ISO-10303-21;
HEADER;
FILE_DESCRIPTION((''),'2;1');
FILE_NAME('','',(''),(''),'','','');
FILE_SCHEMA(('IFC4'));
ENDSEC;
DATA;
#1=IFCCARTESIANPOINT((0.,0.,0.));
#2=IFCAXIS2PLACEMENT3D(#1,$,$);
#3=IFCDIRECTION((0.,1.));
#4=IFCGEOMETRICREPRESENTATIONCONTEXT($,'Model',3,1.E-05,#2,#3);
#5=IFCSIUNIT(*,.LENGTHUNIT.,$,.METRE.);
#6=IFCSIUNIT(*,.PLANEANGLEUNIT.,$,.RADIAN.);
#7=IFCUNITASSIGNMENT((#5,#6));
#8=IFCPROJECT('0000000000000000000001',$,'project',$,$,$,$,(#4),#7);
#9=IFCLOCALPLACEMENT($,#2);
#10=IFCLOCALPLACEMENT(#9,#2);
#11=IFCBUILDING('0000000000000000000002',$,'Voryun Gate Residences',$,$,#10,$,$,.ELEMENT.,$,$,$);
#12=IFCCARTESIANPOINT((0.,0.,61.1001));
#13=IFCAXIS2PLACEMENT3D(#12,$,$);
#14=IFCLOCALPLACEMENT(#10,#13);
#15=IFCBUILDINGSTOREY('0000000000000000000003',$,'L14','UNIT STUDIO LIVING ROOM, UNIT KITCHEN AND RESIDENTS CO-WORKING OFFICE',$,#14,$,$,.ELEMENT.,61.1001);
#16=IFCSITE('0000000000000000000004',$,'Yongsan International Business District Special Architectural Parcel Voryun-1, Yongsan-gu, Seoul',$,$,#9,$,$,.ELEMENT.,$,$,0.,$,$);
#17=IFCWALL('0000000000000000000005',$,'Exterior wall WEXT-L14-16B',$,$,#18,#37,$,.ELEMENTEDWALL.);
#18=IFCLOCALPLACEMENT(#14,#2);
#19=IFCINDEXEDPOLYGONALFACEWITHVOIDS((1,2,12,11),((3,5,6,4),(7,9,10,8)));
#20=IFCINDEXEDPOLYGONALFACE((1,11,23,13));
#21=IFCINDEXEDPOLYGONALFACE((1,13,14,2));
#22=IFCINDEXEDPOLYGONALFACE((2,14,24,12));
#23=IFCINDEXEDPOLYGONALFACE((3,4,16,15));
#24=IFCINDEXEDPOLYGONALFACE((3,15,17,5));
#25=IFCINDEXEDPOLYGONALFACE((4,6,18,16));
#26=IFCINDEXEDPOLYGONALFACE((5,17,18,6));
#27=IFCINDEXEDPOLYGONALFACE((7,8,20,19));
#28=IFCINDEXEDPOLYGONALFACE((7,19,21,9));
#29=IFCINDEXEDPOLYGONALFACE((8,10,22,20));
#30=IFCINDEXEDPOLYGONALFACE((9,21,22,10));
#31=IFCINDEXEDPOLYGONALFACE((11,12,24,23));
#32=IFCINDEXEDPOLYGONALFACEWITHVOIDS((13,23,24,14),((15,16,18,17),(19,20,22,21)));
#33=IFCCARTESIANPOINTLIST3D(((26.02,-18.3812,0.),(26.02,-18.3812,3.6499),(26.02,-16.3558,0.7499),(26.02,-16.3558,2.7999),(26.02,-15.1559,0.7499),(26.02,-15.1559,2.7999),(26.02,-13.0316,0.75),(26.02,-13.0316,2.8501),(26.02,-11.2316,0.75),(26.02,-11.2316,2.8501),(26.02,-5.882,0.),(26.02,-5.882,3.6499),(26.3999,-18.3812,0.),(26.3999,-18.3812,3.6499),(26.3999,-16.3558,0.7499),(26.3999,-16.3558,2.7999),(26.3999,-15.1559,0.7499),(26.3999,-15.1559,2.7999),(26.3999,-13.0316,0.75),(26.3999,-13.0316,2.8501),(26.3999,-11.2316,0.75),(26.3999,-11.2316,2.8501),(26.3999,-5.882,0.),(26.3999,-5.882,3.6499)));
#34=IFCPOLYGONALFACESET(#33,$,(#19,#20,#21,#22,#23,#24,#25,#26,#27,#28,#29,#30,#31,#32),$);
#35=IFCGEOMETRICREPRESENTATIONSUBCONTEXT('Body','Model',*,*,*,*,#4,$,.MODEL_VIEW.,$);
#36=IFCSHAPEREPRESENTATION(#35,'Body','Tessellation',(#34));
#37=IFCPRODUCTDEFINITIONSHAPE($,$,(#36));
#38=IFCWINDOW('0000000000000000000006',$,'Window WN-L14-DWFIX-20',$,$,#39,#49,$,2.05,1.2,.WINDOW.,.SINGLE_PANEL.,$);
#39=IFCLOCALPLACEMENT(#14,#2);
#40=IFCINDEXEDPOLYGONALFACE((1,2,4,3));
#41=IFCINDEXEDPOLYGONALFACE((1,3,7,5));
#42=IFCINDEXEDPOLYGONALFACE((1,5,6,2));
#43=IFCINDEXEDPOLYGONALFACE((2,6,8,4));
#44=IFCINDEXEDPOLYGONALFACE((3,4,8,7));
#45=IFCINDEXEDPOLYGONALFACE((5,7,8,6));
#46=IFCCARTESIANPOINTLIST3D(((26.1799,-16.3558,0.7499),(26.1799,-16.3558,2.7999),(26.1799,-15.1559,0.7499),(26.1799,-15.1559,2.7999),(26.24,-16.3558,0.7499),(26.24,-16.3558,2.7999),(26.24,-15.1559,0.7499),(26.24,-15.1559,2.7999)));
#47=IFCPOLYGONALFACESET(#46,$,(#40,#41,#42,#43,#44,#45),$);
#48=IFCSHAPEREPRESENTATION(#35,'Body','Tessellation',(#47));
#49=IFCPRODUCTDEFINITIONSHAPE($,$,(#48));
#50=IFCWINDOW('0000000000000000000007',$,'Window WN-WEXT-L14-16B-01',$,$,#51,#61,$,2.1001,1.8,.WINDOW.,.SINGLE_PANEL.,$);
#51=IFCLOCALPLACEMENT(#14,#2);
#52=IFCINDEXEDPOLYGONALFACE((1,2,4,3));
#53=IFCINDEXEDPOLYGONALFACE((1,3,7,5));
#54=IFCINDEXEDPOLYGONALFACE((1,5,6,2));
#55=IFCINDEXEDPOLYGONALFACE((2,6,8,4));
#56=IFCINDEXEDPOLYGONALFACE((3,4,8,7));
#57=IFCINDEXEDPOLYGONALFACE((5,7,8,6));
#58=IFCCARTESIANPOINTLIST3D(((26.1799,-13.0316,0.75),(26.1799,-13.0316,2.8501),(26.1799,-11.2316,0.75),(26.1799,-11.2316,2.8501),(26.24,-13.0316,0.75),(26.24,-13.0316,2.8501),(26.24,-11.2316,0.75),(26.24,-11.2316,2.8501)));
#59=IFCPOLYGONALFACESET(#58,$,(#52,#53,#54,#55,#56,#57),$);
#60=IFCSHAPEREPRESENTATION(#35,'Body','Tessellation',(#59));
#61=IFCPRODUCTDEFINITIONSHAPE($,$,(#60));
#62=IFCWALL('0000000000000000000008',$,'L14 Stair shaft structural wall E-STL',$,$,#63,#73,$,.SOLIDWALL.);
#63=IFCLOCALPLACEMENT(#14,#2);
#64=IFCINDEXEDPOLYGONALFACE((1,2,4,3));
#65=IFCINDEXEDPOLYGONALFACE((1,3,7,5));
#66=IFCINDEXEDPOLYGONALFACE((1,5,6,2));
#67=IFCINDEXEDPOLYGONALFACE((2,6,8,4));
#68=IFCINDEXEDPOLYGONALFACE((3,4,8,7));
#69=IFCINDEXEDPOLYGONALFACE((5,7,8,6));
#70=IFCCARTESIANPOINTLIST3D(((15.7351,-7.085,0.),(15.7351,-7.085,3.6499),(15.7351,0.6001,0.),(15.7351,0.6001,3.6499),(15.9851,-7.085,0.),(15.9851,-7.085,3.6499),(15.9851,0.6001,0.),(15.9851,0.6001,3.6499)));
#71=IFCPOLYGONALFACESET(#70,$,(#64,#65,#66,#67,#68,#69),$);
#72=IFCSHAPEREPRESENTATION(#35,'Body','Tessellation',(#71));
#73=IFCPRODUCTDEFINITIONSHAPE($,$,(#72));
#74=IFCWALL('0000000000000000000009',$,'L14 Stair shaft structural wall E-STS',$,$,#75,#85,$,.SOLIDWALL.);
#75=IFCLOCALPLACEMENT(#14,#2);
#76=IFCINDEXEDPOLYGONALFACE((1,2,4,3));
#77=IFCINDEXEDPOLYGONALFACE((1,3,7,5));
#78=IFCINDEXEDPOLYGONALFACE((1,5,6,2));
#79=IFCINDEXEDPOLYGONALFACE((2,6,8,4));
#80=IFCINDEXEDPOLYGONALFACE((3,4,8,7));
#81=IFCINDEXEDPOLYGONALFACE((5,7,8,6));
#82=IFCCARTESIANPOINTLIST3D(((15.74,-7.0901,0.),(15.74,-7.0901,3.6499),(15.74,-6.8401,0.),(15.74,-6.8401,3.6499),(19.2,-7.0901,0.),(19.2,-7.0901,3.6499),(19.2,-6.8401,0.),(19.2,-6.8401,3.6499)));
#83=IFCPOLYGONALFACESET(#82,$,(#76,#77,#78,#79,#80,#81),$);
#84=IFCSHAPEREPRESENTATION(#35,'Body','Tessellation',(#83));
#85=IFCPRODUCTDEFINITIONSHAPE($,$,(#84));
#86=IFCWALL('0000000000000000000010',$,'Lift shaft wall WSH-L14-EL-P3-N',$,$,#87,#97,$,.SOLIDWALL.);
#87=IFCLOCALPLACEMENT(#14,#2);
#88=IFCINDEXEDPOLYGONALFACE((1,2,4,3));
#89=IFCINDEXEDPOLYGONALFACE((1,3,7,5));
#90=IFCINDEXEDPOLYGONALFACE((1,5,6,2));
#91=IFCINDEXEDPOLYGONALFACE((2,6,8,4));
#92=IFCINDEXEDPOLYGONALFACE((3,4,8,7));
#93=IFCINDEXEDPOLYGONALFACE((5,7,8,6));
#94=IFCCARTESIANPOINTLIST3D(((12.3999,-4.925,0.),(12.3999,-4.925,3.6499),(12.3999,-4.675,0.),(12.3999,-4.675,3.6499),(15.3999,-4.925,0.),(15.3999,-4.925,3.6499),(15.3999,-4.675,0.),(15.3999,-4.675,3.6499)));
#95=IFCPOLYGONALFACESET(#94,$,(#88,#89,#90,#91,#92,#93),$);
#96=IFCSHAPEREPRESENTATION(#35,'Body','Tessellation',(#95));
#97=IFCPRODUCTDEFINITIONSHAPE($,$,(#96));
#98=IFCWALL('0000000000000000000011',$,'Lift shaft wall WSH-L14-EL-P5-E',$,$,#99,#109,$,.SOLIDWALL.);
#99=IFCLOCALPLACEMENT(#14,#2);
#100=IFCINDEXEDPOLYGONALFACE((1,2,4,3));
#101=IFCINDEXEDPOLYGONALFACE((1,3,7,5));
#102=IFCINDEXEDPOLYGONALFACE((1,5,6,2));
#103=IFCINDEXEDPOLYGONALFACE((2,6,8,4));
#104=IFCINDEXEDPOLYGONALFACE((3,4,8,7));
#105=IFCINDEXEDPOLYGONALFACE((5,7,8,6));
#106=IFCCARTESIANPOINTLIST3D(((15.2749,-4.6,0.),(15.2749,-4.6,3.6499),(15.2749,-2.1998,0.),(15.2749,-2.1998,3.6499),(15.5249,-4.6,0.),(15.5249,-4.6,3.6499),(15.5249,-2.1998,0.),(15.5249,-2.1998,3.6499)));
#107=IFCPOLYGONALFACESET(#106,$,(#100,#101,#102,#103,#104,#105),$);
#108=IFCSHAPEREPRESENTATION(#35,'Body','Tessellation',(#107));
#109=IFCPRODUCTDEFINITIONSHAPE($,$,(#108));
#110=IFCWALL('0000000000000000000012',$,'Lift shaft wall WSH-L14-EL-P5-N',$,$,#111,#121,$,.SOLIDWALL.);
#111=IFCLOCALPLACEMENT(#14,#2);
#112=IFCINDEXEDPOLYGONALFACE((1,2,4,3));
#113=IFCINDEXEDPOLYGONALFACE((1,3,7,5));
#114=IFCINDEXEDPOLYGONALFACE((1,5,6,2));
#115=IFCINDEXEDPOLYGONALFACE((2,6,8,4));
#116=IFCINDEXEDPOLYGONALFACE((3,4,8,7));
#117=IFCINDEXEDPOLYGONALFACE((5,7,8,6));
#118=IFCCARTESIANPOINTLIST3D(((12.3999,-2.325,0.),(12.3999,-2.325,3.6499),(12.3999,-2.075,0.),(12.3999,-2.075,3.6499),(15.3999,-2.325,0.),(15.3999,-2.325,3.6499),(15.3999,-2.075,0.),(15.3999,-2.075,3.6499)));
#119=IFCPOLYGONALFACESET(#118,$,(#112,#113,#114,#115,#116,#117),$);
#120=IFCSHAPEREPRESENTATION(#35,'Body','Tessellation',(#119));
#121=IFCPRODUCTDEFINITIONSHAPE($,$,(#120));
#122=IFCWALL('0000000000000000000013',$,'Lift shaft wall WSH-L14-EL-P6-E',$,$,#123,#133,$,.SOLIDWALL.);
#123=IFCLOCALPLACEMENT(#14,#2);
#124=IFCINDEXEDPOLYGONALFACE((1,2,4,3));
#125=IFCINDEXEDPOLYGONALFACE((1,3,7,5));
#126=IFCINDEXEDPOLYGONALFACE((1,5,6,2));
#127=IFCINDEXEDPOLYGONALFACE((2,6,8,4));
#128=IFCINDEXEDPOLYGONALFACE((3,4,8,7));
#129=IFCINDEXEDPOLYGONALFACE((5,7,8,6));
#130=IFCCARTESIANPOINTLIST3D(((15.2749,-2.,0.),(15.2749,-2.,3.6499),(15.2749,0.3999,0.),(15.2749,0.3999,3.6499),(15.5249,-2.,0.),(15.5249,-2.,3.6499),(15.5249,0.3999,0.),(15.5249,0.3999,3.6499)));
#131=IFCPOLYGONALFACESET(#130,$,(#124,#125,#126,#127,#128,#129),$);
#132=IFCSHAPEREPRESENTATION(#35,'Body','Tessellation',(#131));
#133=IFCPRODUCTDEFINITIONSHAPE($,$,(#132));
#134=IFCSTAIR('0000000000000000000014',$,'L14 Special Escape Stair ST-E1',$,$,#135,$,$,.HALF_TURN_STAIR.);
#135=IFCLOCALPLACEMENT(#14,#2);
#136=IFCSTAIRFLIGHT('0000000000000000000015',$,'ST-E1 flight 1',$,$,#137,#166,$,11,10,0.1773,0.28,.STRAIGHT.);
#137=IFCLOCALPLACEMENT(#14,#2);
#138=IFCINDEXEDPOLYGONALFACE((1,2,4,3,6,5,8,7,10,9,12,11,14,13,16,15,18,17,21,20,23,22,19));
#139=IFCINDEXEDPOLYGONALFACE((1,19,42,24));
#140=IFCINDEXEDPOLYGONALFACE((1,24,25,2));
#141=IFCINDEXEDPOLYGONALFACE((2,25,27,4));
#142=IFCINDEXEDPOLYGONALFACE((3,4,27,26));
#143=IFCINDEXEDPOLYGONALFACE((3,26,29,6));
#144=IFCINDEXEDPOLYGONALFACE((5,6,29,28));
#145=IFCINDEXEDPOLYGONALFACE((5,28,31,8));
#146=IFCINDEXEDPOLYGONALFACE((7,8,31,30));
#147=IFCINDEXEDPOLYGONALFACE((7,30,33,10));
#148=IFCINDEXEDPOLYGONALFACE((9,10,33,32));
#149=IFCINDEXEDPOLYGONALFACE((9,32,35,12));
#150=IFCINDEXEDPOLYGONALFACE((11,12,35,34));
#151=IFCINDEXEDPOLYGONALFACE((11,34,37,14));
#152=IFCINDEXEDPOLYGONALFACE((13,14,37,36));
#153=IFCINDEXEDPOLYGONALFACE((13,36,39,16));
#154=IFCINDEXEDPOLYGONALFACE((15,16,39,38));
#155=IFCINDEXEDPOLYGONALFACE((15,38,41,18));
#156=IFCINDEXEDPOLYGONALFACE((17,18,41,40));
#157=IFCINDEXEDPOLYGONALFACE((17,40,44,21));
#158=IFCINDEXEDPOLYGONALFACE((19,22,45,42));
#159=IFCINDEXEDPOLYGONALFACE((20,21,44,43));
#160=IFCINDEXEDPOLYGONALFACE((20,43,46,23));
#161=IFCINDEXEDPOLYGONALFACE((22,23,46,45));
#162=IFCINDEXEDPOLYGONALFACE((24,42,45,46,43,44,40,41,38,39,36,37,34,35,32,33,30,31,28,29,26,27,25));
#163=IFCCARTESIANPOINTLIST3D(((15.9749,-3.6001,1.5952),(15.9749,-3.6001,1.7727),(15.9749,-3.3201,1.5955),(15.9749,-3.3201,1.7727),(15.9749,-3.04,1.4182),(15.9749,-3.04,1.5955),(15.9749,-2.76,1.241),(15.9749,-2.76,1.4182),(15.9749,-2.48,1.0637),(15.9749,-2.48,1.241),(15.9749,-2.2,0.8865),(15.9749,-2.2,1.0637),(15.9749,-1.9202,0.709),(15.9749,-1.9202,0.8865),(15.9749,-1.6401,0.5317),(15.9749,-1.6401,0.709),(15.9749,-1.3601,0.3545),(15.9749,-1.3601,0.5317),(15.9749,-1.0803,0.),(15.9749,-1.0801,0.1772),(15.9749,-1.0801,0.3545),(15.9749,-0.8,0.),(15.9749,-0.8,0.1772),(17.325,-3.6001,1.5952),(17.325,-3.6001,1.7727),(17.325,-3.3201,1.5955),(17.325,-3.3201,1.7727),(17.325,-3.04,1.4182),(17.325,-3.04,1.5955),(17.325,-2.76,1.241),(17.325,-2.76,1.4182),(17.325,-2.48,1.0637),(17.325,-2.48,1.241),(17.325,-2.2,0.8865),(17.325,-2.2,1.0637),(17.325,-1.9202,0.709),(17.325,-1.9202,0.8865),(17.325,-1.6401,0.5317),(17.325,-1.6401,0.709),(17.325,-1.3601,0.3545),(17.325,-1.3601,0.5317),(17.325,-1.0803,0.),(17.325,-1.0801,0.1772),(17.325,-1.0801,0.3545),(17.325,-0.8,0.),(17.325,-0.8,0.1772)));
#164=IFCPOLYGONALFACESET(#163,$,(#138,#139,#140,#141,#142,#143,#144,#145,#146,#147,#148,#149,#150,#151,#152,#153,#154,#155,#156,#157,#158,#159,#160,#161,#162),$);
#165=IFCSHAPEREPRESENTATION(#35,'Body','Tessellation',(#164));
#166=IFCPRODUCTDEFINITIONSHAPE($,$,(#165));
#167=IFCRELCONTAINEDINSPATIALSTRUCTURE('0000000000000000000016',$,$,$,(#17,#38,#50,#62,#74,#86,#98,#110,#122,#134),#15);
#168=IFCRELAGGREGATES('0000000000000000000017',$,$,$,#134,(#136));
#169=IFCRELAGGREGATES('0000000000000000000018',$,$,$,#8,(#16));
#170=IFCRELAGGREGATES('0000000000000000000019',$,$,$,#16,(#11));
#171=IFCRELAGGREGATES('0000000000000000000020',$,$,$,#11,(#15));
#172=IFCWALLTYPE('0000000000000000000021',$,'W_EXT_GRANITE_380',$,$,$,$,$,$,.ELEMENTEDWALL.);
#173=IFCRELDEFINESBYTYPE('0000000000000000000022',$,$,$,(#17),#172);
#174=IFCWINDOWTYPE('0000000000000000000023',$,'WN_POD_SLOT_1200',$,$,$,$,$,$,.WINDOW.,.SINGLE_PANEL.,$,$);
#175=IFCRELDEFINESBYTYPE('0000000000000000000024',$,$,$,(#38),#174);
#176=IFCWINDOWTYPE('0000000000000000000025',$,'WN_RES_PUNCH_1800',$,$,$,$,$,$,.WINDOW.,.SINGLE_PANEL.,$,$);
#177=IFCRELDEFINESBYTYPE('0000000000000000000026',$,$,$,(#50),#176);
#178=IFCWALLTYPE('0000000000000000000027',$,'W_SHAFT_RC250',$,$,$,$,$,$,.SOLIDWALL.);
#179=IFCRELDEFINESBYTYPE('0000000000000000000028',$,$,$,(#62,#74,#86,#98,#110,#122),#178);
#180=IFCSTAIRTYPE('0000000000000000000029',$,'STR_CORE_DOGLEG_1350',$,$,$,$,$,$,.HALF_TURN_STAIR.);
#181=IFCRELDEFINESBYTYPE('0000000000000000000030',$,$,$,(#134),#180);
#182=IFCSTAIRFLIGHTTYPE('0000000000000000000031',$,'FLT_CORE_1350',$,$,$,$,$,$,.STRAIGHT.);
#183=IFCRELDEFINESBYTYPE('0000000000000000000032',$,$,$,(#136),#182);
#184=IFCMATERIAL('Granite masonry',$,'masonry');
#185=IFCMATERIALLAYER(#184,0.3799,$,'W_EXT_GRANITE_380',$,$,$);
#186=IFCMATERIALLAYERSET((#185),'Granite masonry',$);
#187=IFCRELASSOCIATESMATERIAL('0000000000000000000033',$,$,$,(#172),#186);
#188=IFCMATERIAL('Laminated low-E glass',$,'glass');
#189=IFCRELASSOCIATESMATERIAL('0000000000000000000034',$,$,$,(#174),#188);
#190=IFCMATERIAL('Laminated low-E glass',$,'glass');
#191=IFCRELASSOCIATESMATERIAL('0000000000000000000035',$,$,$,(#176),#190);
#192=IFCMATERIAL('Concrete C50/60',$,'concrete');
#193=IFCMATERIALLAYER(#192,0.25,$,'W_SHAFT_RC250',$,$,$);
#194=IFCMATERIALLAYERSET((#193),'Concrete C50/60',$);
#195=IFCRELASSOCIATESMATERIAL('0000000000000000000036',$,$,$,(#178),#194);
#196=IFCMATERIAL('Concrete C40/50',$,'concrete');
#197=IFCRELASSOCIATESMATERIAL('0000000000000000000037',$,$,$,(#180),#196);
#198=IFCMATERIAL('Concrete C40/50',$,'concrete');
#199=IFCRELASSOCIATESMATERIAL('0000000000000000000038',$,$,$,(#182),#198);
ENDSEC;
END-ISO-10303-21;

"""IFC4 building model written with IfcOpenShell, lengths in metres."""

from ifc_helpers import new_model, si_unit, direction, frame, frame_2d, origin, place, context, subcontext, project, spatial, polyline, rectangle, outline, extrude, material, layer, layer_set, type_object, element, fill, aggregate, save


model = new_model("IFC4")

# Units and contexts
model_context = context("Model", 3, precision=1e-05, world=origin(), true_north=direction((0.0, 1.0)))
body_context = subcontext(model_context, "Body", "Model", "MODEL_VIEW")
ifc_project = project(units=[si_unit("LENGTHUNIT", "METRE"), si_unit("PLANEANGLEUNIT", "RADIAN")], contexts=[model_context])

# Site, building, storey
site_placement = place(None, origin())
site = spatial("IfcSite", under=ifc_project, at=site_placement, Name="Yongsan International Business District Special Architectural Parcel Voryun-1, Yongsan-gu, Seoul", CompositionType="ELEMENT", RefElevation=0.0)
building_placement = place(site_placement, origin())
building = spatial("IfcBuilding", under=site, at=building_placement, Name="Voryun Gate Residences", CompositionType="ELEMENT")
storey_placement = place(building_placement, frame((0.0, 0.0, 61.1001)))
storey = spatial("IfcBuildingStorey", under=building, at=storey_placement, Name="L14", Description="UNIT STUDIO LIVING ROOM, UNIT KITCHEN AND RESIDENTS CO-WORKING OFFICE", CompositionType="ELEMENT", Elevation=61.1001)

# Wall, openings, windows
ifc_material_1 = material(Name="Granite masonry", Category="masonry")
ifc_layer_1 = layer(ifc_material_1, 0.3799, Name="W_EXT_GRANITE_380")
ifc_layer_set_1 = layer_set([ifc_layer_1], Name="Granite masonry")
wall_type_1 = type_object("IfcWallType", Name="W_EXT_GRANITE_380", PredefinedType="ELEMENTEDWALL", material=ifc_layer_set_1)
wall_1_placement = place(storey_placement, frame((26.21, -5.8821, 0.0), z_axis=(0.0, 0.0, 1.0), x_axis=(0.0, -1.0, 0.0)))
wall_1 = element("IfcWall", 1, at=wall_1_placement, inside=storey, type_object=wall_type_1, Name="Exterior wall WEXT-L14-16B", PredefinedType="ELEMENTEDWALL", context=body_context, shape_type="SweptSolid", body=[
    extrude(rectangle(XDim=12.4993, YDim=0.3799, at=frame_2d((6.2495, 0.0))), origin(), (0.0, 0.0, 1.0), 3.6499),
])
opening_1_placement = place(wall_1_placement, frame((5.3496, 0.0, 0.75)))
opening_1 = element("IfcOpeningElement", 2, at=opening_1_placement, cuts=wall_1, PredefinedType="OPENING", context=body_context, shape_type="SweptSolid", body=[
    extrude(rectangle(XDim=1.8, YDim=2.1001, at=frame_2d((0.8999, 1.05))), frame((0.0, 0.2, 0.0), z_axis=(0.0, -1.0, 0.0), x_axis=(1.0, 0.0, 0.0)), (0.0, 0.0, 1.0), 0.3999),
])
opening_2_placement = place(wall_1_placement, frame((9.2737, 0.0, 0.75)))
opening_2 = element("IfcOpeningElement", 3, at=opening_2_placement, cuts=wall_1, PredefinedType="OPENING", context=body_context, shape_type="SweptSolid", body=[
    extrude(rectangle(XDim=1.2, YDim=2.05, at=frame_2d((0.6001, 1.0249))), frame((0.0, 0.2, 0.0), z_axis=(0.0, -1.0, 0.0), x_axis=(1.0, 0.0, 0.0)), (0.0, 0.0, 1.0), 0.3999),
])
ifc_material_2 = material(Name="Laminated low-E glass", Category="glass")
window_type_1 = type_object("IfcWindowType", Name="WN_POD_SLOT_1200", PartitioningType="SINGLE_PANEL", PredefinedType="WINDOW", material=ifc_material_2)
window_1_placement = place(opening_2_placement, origin())
window_1 = element("IfcWindow", 4, at=window_1_placement, inside=storey, type_object=window_type_1, Name="Window WN-L14-DWFIX-20", OverallHeight=2.05, OverallWidth=1.2, PartitioningType="SINGLE_PANEL", PredefinedType="WINDOW", context=body_context, shape_type="SweptSolid", body=[
    extrude(rectangle(XDim=1.2, YDim=2.05, at=frame_2d((0.6001, 1.0249))), frame((0.0, 0.03, 0.0), z_axis=(0.0, -1.0, 0.0), x_axis=(1.0, 0.0, 0.0)), (0.0, 0.0, 1.0), 0.0601),
])
fill(opening_2, window_1)
ifc_material_3 = material(Name="Laminated low-E glass", Category="glass")
window_type_2 = type_object("IfcWindowType", Name="WN_RES_PUNCH_1800", PartitioningType="SINGLE_PANEL", PredefinedType="WINDOW", material=ifc_material_3)
window_2_placement = place(opening_1_placement, origin())
window_2 = element("IfcWindow", 5, at=window_2_placement, inside=storey, type_object=window_type_2, Name="Window WN-WEXT-L14-16B-01", OverallHeight=2.1001, OverallWidth=1.8, PartitioningType="SINGLE_PANEL", PredefinedType="WINDOW", context=body_context, shape_type="SweptSolid", body=[
    extrude(rectangle(XDim=1.8, YDim=2.1001, at=frame_2d((0.8999, 1.05))), frame((0.0, 0.03, 0.0), z_axis=(0.0, -1.0, 0.0), x_axis=(1.0, 0.0, 0.0)), (0.0, 0.0, 1.0), 0.0601),
])
fill(opening_1, window_2)

# Walls
ifc_material_4 = material(Name="Concrete C50/60", Category="concrete")
ifc_layer_2 = layer(ifc_material_4, 0.25, Name="W_SHAFT_RC250")
ifc_layer_set_2 = layer_set([ifc_layer_2], Name="Concrete C50/60")
wall_type_2 = type_object("IfcWallType", Name="W_SHAFT_RC250", PredefinedType="SOLIDWALL", material=ifc_layer_set_2)
wall_2_placement = place(storey_placement, frame((15.8601, -7.085, 0.0), z_axis=(0.0, 0.0, 1.0), x_axis=(0.0, 1.0, 0.0)))
element("IfcWall", 6, at=wall_2_placement, inside=storey, type_object=wall_type_2, Name="L14 Stair shaft structural wall E-STL", PredefinedType="SOLIDWALL", context=body_context, shape_type="SweptSolid", body=[
    extrude(rectangle(XDim=7.6851, YDim=0.25, at=frame_2d((3.8425, 0.0))), origin(), (0.0, 0.0, 1.0), 3.6499),
])
wall_3_placement = place(storey_placement, frame((15.74, -6.9651, 0.0), z_axis=(0.0, 0.0, 1.0), x_axis=(1.0, 0.0, 0.0)))
element("IfcWall", 7, at=wall_3_placement, inside=storey, type_object=wall_type_2, Name="L14 Stair shaft structural wall E-STS", PredefinedType="SOLIDWALL", context=body_context, shape_type="SweptSolid", body=[
    extrude(rectangle(XDim=3.46, YDim=0.25, at=frame_2d((1.73, 0.0))), origin(), (0.0, 0.0, 1.0), 3.6499),
])
wall_4_placement = place(storey_placement, frame((15.3999, -4.8, 0.0), z_axis=(0.0, 0.0, 1.0), x_axis=(-1.0, 0.0, 0.0)))
element("IfcWall", 8, at=wall_4_placement, inside=storey, type_object=wall_type_2, Name="Lift shaft wall WSH-L14-EL-P3-N", PredefinedType="SOLIDWALL", context=body_context, shape_type="SweptSolid", body=[
    extrude(rectangle(XDim=3.0, YDim=0.25, at=frame_2d((1.5, 0.0))), origin(), (0.0, 0.0, 1.0), 3.6499),
])
wall_5_placement = place(storey_placement, frame((15.3999, -4.6001, 0.0), z_axis=(0.0, 0.0, 1.0), x_axis=(0.0, 1.0, 0.0)))
element("IfcWall", 9, at=wall_5_placement, inside=storey, type_object=wall_type_2, Name="Lift shaft wall WSH-L14-EL-P5-E", PredefinedType="SOLIDWALL", context=body_context, shape_type="SweptSolid", body=[
    extrude(rectangle(XDim=2.4001, YDim=0.25, at=frame_2d((1.2002, 0.0))), origin(), (0.0, 0.0, 1.0), 3.6499),
])
wall_6_placement = place(storey_placement, frame((15.3999, -2.2, 0.0), z_axis=(0.0, 0.0, 1.0), x_axis=(-1.0, 0.0, 0.0)))
element("IfcWall", 10, at=wall_6_placement, inside=storey, type_object=wall_type_2, Name="Lift shaft wall WSH-L14-EL-P5-N", PredefinedType="SOLIDWALL", context=body_context, shape_type="SweptSolid", body=[
    extrude(rectangle(XDim=3.0, YDim=0.25, at=frame_2d((1.5, 0.0))), origin(), (0.0, 0.0, 1.0), 3.6499),
])
wall_7_placement = place(storey_placement, frame((15.3999, -2.0, 0.0), z_axis=(0.0, 0.0, 1.0), x_axis=(0.0, 1.0, 0.0)))
element("IfcWall", 11, at=wall_7_placement, inside=storey, type_object=wall_type_2, Name="Lift shaft wall WSH-L14-EL-P6-E", PredefinedType="SOLIDWALL", context=body_context, shape_type="SweptSolid", body=[
    extrude(rectangle(XDim=2.3999, YDim=0.25, at=frame_2d((1.2, 0.0))), origin(), (0.0, 0.0, 1.0), 3.6499),
])

# Stair, stair flight
ifc_material_5 = material(Name="Concrete C40/50", Category="concrete")
stair_type = type_object("IfcStairType", Name="STR_CORE_DOGLEG_1350", PredefinedType="HALF_TURN_STAIR", material=ifc_material_5)
stair_placement = place(storey_placement, origin())
stair = element("IfcStair", 12, at=stair_placement, inside=storey, type_object=stair_type, Name="L14 Special Escape Stair ST-E1", PredefinedType="HALF_TURN_STAIR")
ifc_material_6 = material(Name="Concrete C40/50", Category="concrete")
stair_flight_type = type_object("IfcStairFlightType", Name="FLT_CORE_1350", PredefinedType="STRAIGHT", material=ifc_material_6)
stair_flight_1_placement = place(storey_placement, frame((16.6499, -0.8, 0.0), z_axis=(0.0, 0.0, 1.0), x_axis=(0.0, -1.0, 0.0)))
stair_flight_1 = element("IfcStairFlight", 13, at=stair_flight_1_placement, type_object=stair_flight_type, Name="ST-E1 flight 1", NumberOfRisers=11, NumberOfTreads=10, PredefinedType="STRAIGHT", RiserHeight=0.1773, TreadLength=0.28, context=body_context, shape_type="SweptSolid", body=[
    extrude(outline(polyline([(0.0, 0.0), (0.0, 0.1772), (0.28, 0.1772), (0.28, 0.3545), (0.5601, 0.3545), (0.5601, 0.5317), (0.8401, 0.5317), (0.8401, 0.709), (1.1201, 0.709), (1.1201, 0.8865), (1.3999, 0.8865), (1.3999, 1.0637), (1.6799, 1.0637), (1.6799, 1.241), (1.96, 1.241), (1.96, 1.4182), (2.24, 1.4182), (2.24, 1.5955), (2.52, 1.5955), (2.52, 1.7727), (2.8, 1.7727), (2.8, 1.95), (2.8, 1.5952), (0.2803, 0.0), (0.0, 0.0)])), frame((0.0, 0.675, 0.0), z_axis=(0.0, -1.0, 0.0), x_axis=(1.0, 0.0, 0.0)), (0.0, 0.0, 1.0), 1.3501),
])
aggregate(stair, [stair_flight_1])

save(model, "model.ifc")
